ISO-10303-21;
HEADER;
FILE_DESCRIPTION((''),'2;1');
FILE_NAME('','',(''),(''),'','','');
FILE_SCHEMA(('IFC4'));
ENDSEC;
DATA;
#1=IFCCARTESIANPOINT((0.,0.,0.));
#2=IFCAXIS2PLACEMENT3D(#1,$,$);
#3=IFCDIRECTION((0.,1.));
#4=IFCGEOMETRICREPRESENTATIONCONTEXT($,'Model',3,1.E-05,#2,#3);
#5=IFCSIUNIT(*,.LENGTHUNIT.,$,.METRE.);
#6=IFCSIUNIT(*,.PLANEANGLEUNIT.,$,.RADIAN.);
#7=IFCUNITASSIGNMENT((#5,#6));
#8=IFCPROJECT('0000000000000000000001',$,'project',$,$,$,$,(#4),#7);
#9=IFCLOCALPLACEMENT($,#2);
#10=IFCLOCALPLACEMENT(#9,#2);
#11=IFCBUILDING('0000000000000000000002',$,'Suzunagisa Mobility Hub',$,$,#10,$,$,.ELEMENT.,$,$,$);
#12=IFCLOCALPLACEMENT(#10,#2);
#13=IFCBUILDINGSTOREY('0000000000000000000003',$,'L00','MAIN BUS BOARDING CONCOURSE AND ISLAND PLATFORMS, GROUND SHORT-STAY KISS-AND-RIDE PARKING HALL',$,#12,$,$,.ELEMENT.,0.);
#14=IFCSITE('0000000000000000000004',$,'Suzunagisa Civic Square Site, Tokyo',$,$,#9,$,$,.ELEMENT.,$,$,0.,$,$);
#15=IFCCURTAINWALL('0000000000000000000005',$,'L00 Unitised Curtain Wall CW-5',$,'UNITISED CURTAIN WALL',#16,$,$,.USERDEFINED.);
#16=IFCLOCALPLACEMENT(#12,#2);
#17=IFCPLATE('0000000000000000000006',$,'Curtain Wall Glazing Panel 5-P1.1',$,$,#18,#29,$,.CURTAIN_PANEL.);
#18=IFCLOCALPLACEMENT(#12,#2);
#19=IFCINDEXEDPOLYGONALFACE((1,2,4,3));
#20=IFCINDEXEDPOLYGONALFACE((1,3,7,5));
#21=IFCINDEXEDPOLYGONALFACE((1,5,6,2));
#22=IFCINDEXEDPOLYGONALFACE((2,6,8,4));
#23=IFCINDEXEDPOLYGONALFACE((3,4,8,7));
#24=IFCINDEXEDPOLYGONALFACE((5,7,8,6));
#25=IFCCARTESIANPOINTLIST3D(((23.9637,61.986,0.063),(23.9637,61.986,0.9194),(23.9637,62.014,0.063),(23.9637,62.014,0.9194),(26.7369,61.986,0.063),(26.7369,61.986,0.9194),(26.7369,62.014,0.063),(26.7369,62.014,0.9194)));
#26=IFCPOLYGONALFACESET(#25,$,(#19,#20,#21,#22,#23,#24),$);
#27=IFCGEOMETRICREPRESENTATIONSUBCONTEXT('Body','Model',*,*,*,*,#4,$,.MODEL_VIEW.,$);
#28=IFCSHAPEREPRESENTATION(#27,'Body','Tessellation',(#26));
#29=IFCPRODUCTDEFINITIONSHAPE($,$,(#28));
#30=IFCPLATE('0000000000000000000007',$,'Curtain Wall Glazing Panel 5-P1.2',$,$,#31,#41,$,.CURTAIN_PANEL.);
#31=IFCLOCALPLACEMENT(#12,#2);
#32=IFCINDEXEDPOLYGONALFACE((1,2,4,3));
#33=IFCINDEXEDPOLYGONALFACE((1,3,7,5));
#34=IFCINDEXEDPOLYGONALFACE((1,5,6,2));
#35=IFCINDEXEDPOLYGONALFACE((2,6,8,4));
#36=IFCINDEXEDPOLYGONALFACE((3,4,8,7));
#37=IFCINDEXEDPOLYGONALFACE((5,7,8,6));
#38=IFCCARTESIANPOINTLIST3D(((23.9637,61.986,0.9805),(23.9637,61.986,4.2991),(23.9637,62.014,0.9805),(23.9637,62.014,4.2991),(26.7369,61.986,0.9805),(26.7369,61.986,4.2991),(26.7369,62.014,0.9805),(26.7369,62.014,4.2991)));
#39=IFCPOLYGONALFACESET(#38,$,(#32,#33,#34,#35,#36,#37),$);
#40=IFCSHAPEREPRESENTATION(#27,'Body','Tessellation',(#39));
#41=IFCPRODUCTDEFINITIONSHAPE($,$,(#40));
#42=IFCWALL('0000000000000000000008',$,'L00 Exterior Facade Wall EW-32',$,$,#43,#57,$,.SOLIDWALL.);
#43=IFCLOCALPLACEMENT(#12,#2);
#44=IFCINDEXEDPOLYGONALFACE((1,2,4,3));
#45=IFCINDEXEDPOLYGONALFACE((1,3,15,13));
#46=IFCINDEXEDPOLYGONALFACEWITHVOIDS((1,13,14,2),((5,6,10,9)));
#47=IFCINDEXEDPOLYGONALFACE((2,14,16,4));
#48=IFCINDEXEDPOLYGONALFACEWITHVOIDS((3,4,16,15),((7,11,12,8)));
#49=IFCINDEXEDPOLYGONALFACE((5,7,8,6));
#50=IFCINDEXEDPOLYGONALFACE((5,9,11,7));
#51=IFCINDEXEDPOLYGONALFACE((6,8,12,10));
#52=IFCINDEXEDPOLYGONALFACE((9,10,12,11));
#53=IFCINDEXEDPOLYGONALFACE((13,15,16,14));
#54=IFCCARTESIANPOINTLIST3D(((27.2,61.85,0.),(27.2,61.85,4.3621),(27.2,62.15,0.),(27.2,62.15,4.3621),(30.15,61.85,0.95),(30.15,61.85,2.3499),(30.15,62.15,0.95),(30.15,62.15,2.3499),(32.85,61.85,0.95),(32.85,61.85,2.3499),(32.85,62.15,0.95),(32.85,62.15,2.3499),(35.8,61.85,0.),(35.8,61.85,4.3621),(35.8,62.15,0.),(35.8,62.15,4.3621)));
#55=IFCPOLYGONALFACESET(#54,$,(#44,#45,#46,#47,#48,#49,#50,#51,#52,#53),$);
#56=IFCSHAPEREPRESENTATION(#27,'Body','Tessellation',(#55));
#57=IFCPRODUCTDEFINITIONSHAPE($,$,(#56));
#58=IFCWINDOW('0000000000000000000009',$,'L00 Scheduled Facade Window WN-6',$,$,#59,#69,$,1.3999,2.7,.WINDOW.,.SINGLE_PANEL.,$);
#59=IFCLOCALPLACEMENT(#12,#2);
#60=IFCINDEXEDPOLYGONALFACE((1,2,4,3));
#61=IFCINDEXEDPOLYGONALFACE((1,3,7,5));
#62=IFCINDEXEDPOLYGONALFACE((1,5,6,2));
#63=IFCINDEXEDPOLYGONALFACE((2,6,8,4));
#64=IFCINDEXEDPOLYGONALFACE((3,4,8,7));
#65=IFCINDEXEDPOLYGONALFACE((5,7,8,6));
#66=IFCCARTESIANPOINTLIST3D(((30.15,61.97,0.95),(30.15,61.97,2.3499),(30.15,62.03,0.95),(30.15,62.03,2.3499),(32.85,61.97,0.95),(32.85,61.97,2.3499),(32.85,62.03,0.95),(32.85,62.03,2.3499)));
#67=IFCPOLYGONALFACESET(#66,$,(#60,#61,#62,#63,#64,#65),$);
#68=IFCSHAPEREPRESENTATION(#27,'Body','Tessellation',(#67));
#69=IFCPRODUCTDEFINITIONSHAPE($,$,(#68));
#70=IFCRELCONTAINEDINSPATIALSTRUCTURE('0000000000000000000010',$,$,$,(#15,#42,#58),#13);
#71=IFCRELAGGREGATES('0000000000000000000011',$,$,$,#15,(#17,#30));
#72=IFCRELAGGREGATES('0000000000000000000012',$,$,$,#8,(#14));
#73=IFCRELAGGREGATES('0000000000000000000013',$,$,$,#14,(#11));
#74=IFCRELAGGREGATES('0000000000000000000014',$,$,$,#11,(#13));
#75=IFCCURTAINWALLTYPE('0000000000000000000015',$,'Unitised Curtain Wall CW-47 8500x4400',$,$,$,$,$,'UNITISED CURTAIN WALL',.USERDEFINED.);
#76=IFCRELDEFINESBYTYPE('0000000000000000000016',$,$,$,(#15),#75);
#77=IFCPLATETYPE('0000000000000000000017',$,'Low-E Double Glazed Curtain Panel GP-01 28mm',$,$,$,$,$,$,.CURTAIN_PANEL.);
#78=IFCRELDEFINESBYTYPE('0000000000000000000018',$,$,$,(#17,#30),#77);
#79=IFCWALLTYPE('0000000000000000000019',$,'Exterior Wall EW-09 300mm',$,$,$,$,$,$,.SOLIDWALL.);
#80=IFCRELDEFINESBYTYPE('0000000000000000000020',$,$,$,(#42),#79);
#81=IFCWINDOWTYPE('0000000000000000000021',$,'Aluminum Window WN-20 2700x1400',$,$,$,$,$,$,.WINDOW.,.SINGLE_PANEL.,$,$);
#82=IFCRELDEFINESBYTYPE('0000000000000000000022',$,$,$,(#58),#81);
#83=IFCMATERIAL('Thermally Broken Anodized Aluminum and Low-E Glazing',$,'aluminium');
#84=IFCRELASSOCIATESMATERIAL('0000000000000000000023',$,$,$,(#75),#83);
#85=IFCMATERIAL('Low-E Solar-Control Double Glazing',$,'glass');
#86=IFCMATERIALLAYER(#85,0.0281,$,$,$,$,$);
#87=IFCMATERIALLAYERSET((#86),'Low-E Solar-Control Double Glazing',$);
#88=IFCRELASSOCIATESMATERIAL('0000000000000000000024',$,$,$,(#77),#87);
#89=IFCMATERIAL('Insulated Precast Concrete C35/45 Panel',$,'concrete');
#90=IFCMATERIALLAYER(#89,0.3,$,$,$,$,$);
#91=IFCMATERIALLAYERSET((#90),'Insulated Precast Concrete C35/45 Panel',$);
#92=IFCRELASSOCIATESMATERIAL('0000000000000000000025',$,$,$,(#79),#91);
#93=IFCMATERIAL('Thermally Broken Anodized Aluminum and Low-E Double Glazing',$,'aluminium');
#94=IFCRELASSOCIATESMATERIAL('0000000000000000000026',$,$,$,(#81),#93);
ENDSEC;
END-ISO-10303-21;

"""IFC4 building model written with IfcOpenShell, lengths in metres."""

from ifc_helpers import new_model, si_unit, direction, frame, frame_2d, origin, origin_2d, place, context, subcontext, project, spatial, rectangle, extrude, material, layer, layer_set, type_object, element, fill, aggregate, save


model = new_model("IFC4")

# Units and contexts
model_context = context("Model", 3, precision=1e-05, world=origin(), true_north=direction((0.0, 1.0)))
body_context = subcontext(model_context, "Body", "Model", "MODEL_VIEW")
ifc_project = project(units=[si_unit("LENGTHUNIT", "METRE"), si_unit("PLANEANGLEUNIT", "RADIAN")], contexts=[model_context])

# Site, building, storey
site_placement = place(None, origin())
site = spatial("IfcSite", under=ifc_project, at=site_placement, Name="Suzunagisa Civic Square Site, Tokyo", CompositionType="ELEMENT", RefElevation=0.0)
building_placement = place(site_placement, origin())
building = spatial("IfcBuilding", under=site, at=building_placement, Name="Suzunagisa Mobility Hub", CompositionType="ELEMENT")
storey_placement = place(building_placement, origin())
storey = spatial("IfcBuildingStorey", under=building, at=storey_placement, Name="L00", Description="MAIN BUS BOARDING CONCOURSE AND ISLAND PLATFORMS, GROUND SHORT-STAY KISS-AND-RIDE PARKING HALL", CompositionType="ELEMENT", Elevation=0.0)

# Curtain wall
ifc_material_1 = material(Name="Thermally Broken Anodized Aluminum and Low-E Glazing", Category="aluminium")
curtain_wall_type = type_object("IfcCurtainWallType", Name="Unitised Curtain Wall CW-47 8500x4400", ElementType="UNITISED CURTAIN WALL", PredefinedType="USERDEFINED", material=ifc_material_1)
curtain_wall_placement = place(storey_placement, origin())
curtain_wall = element("IfcCurtainWall", 1, at=curtain_wall_placement, inside=storey, type_object=curtain_wall_type, Name="L00 Unitised Curtain Wall CW-5", ObjectType="UNITISED CURTAIN WALL", PredefinedType="USERDEFINED")

# Plates
ifc_material_2 = material(Name="Low-E Solar-Control Double Glazing", Category="glass")
ifc_layer_1 = layer(ifc_material_2, 0.0281)
ifc_layer_set_1 = layer_set([ifc_layer_1], Name="Low-E Solar-Control Double Glazing")
plate_type = type_object("IfcPlateType", Name="Low-E Double Glazed Curtain Panel GP-01 28mm", PredefinedType="CURTAIN_PANEL", material=ifc_layer_set_1)
plate_1_placement = place(storey_placement, frame((25.3503, 62.0, 0.063), z_axis=(0.0, 0.0, 1.0), x_axis=(-1.0, 0.0, 0.0)))
plate_1 = element("IfcPlate", 2, at=plate_1_placement, type_object=plate_type, Name="Curtain Wall Glazing Panel 5-P1.1", PredefinedType="CURTAIN_PANEL", context=body_context, shape_type="SweptSolid", body=[
    extrude(rectangle(XDim=2.7732, YDim=0.0281, at=origin_2d()), origin(), (0.0, 0.0, 1.0), 0.8564),
])
plate_2_placement = place(storey_placement, frame((25.3503, 62.0, 0.9805), z_axis=(0.0, 0.0, 1.0), x_axis=(-1.0, 0.0, 0.0)))
plate_2 = element("IfcPlate", 3, at=plate_2_placement, type_object=plate_type, Name="Curtain Wall Glazing Panel 5-P1.2", PredefinedType="CURTAIN_PANEL", context=body_context, shape_type="SweptSolid", body=[
    extrude(rectangle(XDim=2.7732, YDim=0.0281, at=origin_2d()), origin(), (0.0, 0.0, 1.0), 3.3186),
])
aggregate(curtain_wall, [plate_1, plate_2])

# Wall, opening, window
ifc_material_3 = material(Name="Insulated Precast Concrete C35/45 Panel", Category="concrete")
ifc_layer_2 = layer(ifc_material_3, 0.3)
ifc_layer_set_2 = layer_set([ifc_layer_2], Name="Insulated Precast Concrete C35/45 Panel")
wall_type = type_object("IfcWallType", Name="Exterior Wall EW-09 300mm", PredefinedType="SOLIDWALL", material=ifc_layer_set_2)
wall_placement = place(storey_placement, frame((35.8, 62.0, 0.0), z_axis=(0.0, 0.0, 1.0), x_axis=(-1.0, 0.0, 0.0)))
wall = element("IfcWall", 4, at=wall_placement, inside=storey, type_object=wall_type, Name="L00 Exterior Facade Wall EW-32", PredefinedType="SOLIDWALL", context=body_context, shape_type="SweptSolid", body=[
    extrude(rectangle(XDim=8.6001, YDim=0.3, at=frame_2d((4.3, 0.0))), origin(), (0.0, 0.0, 1.0), 4.3621),
])
opening_placement = place(wall_placement, frame((2.95, 0.0, 0.95)))
opening = element("IfcOpeningElement", 5, at=opening_placement, cuts=wall, PredefinedType="OPENING", context=body_context, shape_type="SweptSolid", body=[
    extrude(rectangle(XDim=2.7, YDim=1.3999, at=frame_2d((1.3501, 0.7))), frame((0.0, 0.1611, 0.0), z_axis=(0.0, -1.0, 0.0), x_axis=(1.0, 0.0, 0.0)), (0.0, 0.0, 1.0), 0.322),
])
ifc_material_4 = material(Name="Thermally Broken Anodized Aluminum and Low-E Double Glazing", Category="aluminium")
window_type = type_object("IfcWindowType", Name="Aluminum Window WN-20 2700x1400", PartitioningType="SINGLE_PANEL", PredefinedType="WINDOW", material=ifc_material_4)
window_placement = place(opening_placement, origin())
window = element("IfcWindow", 6, at=window_placement, inside=storey, type_object=window_type, Name="L00 Scheduled Facade Window WN-6", OverallHeight=1.3999, OverallWidth=2.7, PartitioningType="SINGLE_PANEL", PredefinedType="WINDOW", context=body_context, shape_type="SweptSolid", body=[
    extrude(rectangle(XDim=2.7, YDim=1.3999, at=frame_2d((1.3501, 0.7))), frame((0.0, 0.03, 0.0), z_axis=(0.0, -1.0, 0.0), x_axis=(1.0, 0.0, 0.0)), (0.0, 0.0, 1.0), 0.0601),
])
fill(opening, window)

save(model, "model.ifc")
